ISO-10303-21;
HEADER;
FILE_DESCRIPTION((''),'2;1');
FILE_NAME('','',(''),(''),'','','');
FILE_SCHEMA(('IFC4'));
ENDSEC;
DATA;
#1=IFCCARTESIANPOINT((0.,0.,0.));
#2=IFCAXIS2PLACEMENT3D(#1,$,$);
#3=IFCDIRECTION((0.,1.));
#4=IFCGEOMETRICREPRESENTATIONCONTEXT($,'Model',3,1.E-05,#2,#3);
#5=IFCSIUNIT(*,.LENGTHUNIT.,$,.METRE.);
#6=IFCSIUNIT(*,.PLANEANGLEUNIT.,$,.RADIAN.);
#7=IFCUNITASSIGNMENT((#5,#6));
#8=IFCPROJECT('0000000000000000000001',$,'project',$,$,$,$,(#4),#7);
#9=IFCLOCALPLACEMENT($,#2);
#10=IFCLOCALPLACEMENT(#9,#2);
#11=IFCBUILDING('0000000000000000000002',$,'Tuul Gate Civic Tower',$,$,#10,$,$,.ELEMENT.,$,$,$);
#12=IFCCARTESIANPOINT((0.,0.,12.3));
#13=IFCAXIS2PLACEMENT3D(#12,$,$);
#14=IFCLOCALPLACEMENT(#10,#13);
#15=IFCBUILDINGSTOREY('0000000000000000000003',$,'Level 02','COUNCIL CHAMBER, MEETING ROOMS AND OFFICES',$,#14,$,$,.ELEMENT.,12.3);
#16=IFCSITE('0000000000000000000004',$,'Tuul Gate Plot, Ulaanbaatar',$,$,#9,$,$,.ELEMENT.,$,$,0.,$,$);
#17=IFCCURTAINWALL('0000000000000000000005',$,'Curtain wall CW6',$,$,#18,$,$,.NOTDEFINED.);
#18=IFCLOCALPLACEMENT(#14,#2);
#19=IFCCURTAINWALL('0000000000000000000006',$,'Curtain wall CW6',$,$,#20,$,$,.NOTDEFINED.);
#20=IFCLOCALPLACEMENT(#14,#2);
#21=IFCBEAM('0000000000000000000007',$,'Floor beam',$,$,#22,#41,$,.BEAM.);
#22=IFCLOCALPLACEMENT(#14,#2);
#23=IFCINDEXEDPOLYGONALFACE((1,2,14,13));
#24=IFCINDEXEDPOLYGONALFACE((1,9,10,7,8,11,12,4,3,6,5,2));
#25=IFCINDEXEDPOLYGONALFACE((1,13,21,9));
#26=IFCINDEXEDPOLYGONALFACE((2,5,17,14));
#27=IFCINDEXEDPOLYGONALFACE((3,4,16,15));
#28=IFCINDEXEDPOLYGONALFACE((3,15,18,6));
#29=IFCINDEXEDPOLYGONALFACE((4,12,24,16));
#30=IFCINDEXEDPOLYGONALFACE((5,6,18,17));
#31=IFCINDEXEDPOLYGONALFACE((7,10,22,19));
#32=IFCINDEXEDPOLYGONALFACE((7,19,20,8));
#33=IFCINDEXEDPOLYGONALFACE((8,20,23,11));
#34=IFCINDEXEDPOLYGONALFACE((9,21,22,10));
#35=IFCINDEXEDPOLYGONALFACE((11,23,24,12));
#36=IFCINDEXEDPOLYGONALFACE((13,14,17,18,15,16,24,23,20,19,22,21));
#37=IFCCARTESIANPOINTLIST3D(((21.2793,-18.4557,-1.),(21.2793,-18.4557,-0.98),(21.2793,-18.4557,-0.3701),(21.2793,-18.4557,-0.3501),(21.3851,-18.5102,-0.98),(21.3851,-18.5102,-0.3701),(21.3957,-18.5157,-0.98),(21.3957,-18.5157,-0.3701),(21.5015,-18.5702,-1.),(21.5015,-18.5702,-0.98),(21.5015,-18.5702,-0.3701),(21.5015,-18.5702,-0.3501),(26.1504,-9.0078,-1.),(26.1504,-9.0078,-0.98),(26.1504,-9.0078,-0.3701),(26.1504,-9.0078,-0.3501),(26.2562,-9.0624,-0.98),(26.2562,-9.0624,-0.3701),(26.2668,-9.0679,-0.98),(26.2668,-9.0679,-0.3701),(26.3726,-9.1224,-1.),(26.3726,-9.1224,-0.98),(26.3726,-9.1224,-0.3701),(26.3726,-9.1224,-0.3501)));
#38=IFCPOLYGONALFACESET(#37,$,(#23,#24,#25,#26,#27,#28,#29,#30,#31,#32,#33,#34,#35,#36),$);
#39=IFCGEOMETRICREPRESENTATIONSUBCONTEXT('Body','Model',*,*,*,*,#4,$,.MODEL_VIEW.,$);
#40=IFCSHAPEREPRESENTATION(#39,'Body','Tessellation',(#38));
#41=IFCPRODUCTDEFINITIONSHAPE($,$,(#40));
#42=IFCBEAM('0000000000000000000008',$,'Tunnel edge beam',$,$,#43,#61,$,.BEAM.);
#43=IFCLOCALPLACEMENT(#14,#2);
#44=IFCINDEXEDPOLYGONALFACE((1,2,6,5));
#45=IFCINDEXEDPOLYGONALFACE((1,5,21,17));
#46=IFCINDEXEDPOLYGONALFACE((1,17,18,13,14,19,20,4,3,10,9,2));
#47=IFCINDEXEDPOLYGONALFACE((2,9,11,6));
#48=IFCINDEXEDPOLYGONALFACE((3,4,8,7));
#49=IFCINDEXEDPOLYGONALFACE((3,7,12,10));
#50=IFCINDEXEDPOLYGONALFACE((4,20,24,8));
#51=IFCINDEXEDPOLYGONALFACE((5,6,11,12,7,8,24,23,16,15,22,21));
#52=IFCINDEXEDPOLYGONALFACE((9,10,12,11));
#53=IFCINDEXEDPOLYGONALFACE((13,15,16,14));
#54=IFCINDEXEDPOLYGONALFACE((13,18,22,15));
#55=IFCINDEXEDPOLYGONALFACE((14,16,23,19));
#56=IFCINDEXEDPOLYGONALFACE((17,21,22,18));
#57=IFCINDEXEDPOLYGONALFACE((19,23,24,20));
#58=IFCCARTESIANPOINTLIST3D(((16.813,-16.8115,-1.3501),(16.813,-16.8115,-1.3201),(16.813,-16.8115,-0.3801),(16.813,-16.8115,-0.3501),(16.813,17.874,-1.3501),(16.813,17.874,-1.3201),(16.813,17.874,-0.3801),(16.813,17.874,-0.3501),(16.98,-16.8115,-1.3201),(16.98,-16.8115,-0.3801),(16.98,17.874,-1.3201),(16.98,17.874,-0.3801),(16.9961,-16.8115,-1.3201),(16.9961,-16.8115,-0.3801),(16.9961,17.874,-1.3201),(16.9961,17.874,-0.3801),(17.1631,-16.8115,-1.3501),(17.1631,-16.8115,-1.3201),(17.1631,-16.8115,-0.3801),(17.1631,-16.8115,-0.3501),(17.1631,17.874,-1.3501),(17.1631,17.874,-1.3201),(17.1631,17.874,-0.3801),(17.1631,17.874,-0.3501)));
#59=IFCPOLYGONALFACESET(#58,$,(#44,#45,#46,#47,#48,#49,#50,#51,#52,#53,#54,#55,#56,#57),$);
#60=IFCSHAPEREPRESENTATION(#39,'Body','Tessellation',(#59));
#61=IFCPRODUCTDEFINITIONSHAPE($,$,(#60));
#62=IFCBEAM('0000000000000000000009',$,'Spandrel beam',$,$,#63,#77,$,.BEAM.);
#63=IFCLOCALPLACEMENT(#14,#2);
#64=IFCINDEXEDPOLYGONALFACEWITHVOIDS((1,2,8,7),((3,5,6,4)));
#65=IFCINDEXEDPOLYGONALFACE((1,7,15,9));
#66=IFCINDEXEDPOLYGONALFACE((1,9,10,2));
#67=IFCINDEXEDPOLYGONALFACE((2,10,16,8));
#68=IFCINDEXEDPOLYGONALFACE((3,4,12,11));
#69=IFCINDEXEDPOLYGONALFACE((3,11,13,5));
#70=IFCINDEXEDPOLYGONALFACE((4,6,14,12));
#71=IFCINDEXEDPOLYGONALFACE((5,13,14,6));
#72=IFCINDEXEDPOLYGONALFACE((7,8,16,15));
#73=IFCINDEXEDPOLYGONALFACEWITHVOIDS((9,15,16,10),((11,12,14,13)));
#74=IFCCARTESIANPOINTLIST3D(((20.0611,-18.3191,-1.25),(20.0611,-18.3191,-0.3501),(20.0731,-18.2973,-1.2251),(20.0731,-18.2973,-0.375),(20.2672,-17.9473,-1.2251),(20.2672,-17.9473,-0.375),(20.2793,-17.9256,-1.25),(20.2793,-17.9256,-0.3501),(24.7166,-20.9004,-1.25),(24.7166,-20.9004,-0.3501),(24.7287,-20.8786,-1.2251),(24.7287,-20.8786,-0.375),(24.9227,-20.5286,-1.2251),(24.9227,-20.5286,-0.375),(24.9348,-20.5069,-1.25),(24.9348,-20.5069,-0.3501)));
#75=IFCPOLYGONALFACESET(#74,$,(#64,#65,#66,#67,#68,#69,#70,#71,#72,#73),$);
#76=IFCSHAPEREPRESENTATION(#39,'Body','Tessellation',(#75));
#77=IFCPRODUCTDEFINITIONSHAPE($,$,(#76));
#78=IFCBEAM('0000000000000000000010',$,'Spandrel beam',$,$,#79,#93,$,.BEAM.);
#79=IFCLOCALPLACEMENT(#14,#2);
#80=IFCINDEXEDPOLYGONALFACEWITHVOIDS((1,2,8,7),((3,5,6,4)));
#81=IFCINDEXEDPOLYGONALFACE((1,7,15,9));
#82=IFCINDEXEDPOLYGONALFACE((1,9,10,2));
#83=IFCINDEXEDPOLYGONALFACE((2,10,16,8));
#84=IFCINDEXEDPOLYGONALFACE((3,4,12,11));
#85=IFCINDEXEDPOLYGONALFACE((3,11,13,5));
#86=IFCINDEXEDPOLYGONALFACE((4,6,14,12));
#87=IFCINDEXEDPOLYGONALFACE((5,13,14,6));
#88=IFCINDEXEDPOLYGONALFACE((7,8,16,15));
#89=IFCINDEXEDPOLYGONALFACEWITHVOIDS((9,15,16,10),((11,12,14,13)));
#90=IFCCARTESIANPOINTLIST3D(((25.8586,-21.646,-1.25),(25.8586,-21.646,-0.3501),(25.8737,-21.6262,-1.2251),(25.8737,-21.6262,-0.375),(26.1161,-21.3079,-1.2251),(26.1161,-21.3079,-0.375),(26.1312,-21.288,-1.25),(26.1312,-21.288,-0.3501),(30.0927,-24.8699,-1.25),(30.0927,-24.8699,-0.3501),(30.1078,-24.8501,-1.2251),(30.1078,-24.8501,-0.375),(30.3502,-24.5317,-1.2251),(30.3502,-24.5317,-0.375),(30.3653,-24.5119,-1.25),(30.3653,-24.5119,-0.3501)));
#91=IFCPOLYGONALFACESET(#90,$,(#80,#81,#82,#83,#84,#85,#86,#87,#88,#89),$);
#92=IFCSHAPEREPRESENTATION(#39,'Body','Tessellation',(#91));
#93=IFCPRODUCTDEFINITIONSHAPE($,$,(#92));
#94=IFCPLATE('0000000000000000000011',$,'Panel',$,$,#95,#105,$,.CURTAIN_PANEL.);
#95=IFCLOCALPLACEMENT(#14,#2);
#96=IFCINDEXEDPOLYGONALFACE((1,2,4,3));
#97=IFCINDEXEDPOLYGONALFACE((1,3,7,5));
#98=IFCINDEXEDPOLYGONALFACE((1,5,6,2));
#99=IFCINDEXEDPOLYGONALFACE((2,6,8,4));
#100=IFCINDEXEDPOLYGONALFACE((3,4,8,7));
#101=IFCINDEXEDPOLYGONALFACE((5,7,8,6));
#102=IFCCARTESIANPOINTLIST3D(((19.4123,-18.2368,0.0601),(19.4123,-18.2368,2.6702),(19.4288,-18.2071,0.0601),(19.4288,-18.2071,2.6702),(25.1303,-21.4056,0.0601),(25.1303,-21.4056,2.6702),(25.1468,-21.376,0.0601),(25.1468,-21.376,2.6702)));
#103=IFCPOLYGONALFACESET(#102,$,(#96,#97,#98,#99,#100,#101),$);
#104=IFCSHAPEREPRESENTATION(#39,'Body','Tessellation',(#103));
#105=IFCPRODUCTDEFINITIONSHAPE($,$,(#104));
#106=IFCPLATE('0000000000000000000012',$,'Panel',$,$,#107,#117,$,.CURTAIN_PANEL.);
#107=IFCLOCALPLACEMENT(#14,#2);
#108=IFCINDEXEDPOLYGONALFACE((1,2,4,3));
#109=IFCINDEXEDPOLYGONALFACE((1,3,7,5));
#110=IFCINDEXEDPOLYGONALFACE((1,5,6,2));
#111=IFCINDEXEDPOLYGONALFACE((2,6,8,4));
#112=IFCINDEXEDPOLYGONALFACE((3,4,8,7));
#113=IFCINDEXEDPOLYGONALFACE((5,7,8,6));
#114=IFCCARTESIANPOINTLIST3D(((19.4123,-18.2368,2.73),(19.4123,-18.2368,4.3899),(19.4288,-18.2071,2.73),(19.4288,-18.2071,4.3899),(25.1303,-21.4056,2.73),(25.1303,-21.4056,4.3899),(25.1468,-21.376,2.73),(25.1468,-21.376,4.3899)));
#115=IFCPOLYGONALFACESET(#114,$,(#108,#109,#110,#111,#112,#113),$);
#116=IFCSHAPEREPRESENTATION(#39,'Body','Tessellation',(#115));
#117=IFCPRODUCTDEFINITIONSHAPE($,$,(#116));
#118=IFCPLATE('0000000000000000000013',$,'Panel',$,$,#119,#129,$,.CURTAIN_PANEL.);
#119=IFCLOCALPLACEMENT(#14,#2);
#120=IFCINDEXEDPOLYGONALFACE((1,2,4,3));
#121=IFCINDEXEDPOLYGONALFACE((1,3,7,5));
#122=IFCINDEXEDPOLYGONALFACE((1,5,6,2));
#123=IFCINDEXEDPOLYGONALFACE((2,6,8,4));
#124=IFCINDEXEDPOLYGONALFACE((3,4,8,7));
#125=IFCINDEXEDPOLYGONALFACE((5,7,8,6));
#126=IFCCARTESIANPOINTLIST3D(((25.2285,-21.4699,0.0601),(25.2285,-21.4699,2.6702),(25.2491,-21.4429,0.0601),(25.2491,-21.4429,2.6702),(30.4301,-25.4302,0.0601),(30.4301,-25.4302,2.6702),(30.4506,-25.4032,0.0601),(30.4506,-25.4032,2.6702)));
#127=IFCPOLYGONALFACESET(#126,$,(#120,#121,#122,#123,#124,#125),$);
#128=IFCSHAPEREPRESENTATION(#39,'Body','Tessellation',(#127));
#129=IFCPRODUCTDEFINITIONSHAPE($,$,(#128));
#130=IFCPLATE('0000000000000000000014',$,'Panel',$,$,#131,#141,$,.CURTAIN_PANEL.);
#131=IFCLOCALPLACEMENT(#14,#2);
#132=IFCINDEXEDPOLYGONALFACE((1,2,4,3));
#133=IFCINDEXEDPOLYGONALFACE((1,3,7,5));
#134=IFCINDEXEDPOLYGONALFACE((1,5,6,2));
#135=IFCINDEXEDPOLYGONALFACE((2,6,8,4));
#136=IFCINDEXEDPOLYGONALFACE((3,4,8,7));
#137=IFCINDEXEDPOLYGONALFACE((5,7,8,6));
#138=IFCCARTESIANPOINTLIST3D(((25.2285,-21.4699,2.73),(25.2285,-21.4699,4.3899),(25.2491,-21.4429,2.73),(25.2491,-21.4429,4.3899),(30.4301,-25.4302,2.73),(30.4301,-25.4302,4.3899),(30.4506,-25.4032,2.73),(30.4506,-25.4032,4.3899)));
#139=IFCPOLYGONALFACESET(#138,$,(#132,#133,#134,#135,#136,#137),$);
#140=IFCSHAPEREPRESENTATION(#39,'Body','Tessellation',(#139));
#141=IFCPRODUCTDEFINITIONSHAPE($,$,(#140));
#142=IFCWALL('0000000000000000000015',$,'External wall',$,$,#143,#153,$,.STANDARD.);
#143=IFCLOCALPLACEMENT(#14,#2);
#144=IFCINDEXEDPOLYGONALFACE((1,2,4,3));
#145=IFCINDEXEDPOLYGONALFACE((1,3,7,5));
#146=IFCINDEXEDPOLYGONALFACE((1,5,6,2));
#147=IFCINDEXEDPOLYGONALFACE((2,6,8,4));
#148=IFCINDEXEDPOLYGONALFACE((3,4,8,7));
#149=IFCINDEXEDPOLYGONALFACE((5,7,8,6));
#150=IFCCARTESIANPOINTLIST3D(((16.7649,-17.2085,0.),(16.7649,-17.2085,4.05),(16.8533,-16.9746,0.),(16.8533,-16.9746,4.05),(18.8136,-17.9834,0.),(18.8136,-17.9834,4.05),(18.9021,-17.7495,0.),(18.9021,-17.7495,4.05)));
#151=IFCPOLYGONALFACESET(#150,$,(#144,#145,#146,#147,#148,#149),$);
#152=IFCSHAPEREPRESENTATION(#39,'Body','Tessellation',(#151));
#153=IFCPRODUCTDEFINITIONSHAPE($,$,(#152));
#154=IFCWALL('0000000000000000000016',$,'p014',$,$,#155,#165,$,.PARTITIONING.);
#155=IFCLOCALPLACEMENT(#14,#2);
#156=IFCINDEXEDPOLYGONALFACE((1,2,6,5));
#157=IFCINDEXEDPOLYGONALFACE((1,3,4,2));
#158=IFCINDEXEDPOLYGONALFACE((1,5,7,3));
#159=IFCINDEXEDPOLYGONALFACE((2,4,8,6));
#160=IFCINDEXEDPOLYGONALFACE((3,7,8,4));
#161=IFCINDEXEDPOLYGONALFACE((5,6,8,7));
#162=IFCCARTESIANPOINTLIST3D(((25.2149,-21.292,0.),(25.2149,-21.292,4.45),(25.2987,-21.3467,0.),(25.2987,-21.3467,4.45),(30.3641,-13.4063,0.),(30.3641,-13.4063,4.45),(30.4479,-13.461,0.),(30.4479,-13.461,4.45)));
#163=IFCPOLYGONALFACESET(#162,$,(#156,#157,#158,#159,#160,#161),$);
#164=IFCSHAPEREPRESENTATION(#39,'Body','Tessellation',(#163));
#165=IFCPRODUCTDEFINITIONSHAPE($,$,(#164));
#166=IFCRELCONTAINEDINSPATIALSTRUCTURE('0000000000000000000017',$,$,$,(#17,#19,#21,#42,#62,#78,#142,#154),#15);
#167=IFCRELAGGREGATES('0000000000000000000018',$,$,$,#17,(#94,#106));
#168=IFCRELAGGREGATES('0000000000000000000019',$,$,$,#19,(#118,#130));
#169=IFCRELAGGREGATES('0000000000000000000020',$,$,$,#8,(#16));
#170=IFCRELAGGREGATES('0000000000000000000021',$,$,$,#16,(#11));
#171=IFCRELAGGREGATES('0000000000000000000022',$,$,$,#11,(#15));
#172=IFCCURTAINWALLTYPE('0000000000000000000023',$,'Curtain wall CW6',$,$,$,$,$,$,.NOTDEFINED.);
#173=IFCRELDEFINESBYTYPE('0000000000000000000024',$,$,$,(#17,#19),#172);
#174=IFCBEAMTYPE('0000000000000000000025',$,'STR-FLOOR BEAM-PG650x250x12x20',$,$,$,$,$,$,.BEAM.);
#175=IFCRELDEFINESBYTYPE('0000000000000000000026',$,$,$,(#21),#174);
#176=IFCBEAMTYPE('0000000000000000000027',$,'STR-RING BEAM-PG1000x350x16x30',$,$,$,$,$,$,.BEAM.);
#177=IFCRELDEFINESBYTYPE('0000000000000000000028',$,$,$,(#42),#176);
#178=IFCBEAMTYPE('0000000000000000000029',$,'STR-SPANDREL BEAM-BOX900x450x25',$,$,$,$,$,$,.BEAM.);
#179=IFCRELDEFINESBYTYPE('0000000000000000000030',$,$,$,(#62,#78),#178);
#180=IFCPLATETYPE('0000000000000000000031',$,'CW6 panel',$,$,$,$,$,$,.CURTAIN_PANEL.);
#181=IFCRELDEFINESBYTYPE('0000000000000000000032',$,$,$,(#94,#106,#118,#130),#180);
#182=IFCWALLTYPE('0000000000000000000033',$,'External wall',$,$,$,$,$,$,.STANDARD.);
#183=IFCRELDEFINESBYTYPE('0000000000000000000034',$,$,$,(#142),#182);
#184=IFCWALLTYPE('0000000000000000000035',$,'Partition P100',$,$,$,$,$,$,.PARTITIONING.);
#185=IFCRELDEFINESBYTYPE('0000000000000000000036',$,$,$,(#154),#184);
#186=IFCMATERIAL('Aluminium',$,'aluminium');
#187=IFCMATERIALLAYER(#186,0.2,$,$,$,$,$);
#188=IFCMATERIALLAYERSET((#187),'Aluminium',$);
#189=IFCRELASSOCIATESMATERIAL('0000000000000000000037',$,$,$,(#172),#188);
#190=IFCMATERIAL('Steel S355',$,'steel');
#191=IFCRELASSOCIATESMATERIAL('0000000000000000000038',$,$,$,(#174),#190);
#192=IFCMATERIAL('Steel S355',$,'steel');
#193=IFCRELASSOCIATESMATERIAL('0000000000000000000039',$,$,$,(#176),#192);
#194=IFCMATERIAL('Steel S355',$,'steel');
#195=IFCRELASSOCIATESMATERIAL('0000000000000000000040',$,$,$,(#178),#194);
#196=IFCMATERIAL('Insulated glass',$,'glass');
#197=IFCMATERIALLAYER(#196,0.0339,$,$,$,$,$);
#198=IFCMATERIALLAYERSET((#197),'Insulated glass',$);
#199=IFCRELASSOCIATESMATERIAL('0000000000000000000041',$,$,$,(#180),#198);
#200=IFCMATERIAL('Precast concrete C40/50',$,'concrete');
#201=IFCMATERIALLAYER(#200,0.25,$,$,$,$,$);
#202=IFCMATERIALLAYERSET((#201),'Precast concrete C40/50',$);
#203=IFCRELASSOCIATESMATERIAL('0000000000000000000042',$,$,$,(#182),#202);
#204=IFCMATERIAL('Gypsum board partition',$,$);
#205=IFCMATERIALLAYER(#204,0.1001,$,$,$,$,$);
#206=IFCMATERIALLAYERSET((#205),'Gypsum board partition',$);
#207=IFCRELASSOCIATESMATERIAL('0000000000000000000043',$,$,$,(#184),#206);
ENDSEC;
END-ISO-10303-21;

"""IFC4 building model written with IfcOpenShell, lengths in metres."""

from ifc_helpers import new_model, si_unit, direction, frame, frame_2d, origin, origin_2d, place, context, subcontext, project, spatial, rectangle, hollow_rectangle, i_section, extrude, material, layer, layer_set, material_profile, profile_set, type_object, element, aggregate, save


model = new_model("IFC4")

# Units and contexts
model_context = context("Model", 3, precision=1e-05, world=origin(), true_north=direction((0.0, 1.0)))
body_context = subcontext(model_context, "Body", "Model", "MODEL_VIEW")
ifc_project = project(units=[si_unit("LENGTHUNIT", "METRE"), si_unit("PLANEANGLEUNIT", "RADIAN")], contexts=[model_context])

# Site, building, storey
site_placement = place(None, origin())
site = spatial("IfcSite", under=ifc_project, at=site_placement, Name="Tuul Gate Plot, Ulaanbaatar", CompositionType="ELEMENT", RefElevation=0.0)
building_placement = place(site_placement, origin())
building = spatial("IfcBuilding", under=site, at=building_placement, Name="Tuul Gate Civic Tower", CompositionType="ELEMENT")
storey_placement = place(building_placement, frame((0.0, 0.0, 12.3)))
storey = spatial("IfcBuildingStorey", under=building, at=storey_placement, Name="Level 02", Description="COUNCIL CHAMBER, MEETING ROOMS AND OFFICES", CompositionType="ELEMENT", Elevation=12.3)

# Curtain wall
ifc_material_1 = material(Name="Aluminium", Category="aluminium")
ifc_layer_1 = layer(ifc_material_1, 0.2)
ifc_layer_set_1 = layer_set([ifc_layer_1], Name="Aluminium")
curtain_wall_type = type_object("IfcCurtainWallType", Name="Curtain wall CW6", PredefinedType="NOTDEFINED", material=ifc_layer_set_1)
curtain_wall_1_placement = place(storey_placement, origin())
curtain_wall_1 = element("IfcCurtainWall", 1, at=curtain_wall_1_placement, inside=storey, type_object=curtain_wall_type, Name="Curtain wall CW6", PredefinedType="NOTDEFINED")

# Curtain wall
curtain_wall_2_placement = place(storey_placement, origin())
curtain_wall_2 = element("IfcCurtainWall", 2, at=curtain_wall_2_placement, inside=storey, type_object=curtain_wall_type, Name="Curtain wall CW6", PredefinedType="NOTDEFINED")

# Beams
ifc_material_2 = material(Name="Steel S355", Category="steel")
ifc_material_profile_1 = material_profile(ifc_material_2, i_section(OverallWidth=0.25, OverallDepth=0.6499, WebThickness=0.012, FlangeThickness=0.02, at=origin_2d()), Name="PG650x250x12x20")
ifc_profile_set_1 = profile_set([ifc_material_profile_1], Name="Steel S355")
beam_type_1 = type_object("IfcBeamType", Name="STR-FLOOR BEAM-PG650x250x12x20", PredefinedType="BEAM", material=ifc_profile_set_1)
beam_1_placement = place(storey_placement, frame((21.3904, -18.5129, -0.675), z_axis=(0.458259, 0.888819, 0.0), x_axis=(-0.888819, 0.458259, 0.0)))
element("IfcBeam", 3, at=beam_1_placement, inside=storey, type_object=beam_type_1, Name="Floor beam", PredefinedType="BEAM", context=body_context, shape_type="SweptSolid", body=[
    extrude(i_section(OverallWidth=0.25, OverallDepth=0.6499, WebThickness=0.012, FlangeThickness=0.02, at=origin_2d()), origin(), (0.0, 0.0, 1.0), 10.6296),
])
ifc_material_3 = material(Name="Steel S355", Category="steel")
ifc_material_profile_2 = material_profile(ifc_material_3, i_section(OverallWidth=0.3501, OverallDepth=1.0, WebThickness=0.0161, FlangeThickness=0.03, at=origin_2d()), Name="PG1000x350x16x30")
ifc_profile_set_2 = profile_set([ifc_material_profile_2], Name="Steel S355")
beam_type_2 = type_object("IfcBeamType", Name="STR-RING BEAM-PG1000x350x16x30", PredefinedType="BEAM", material=ifc_profile_set_2)
beam_2_placement = place(storey_placement, frame((16.988, -16.8115, -0.8501), z_axis=(0.0, 1.0, 0.0), x_axis=(-1.0, 0.0, 0.0)))
element("IfcBeam", 4, at=beam_2_placement, inside=storey, type_object=beam_type_2, Name="Tunnel edge beam", PredefinedType="BEAM", context=body_context, shape_type="SweptSolid", body=[
    extrude(i_section(OverallWidth=0.3501, OverallDepth=1.0, WebThickness=0.0161, FlangeThickness=0.03, at=origin_2d()), origin(), (0.0, 0.0, 1.0), 34.6855),
])
ifc_material_4 = material(Name="Steel S355", Category="steel")
ifc_material_profile_3 = material_profile(ifc_material_4, hollow_rectangle(XDim=0.45, YDim=0.8999, WallThickness=0.0249, at=origin_2d()), Name="BOX900x450x25")
ifc_profile_set_3 = profile_set([ifc_material_profile_3], Name="Steel S355")
beam_type_3 = type_object("IfcBeamType", Name="STR-SPANDREL BEAM-BOX900x450x25", PredefinedType="BEAM", material=ifc_profile_set_3)
beam_3_placement = place(storey_placement, frame((20.1702, -18.1223, -0.8), z_axis=(0.874564, -0.484911, 0.0), x_axis=(0.484911, 0.874564, 0.0)))
element("IfcBeam", 5, at=beam_3_placement, inside=storey, type_object=beam_type_3, Name="Spandrel beam", PredefinedType="BEAM", context=body_context, shape_type="SweptSolid", body=[
    extrude(hollow_rectangle(XDim=0.45, YDim=0.8999, WallThickness=0.0249, at=origin_2d()), origin(), (0.0, 0.0, 1.0), 5.3232),
])
beam_4_placement = place(storey_placement, frame((25.9949, -21.467, -0.8), z_axis=(0.795624, -0.60579, 0.0), x_axis=(0.60579, 0.795624, 0.0)))
element("IfcBeam", 6, at=beam_4_placement, inside=storey, type_object=beam_type_3, Name="Spandrel beam", PredefinedType="BEAM", context=body_context, shape_type="SweptSolid", body=[
    extrude(hollow_rectangle(XDim=0.45, YDim=0.8999, WallThickness=0.0249, at=origin_2d()), origin(), (0.0, 0.0, 1.0), 5.3218),
])

# Plates
ifc_material_5 = material(Name="Insulated glass", Category="glass")
ifc_layer_2 = layer(ifc_material_5, 0.0339)
ifc_layer_set_2 = layer_set([ifc_layer_2], Name="Insulated glass")
plate_type = type_object("IfcPlateType", Name="CW6 panel", PredefinedType="CURTAIN_PANEL", material=ifc_layer_set_2)
plate_1_placement = place(storey_placement, frame((22.2795, -19.8064, 0.0601), z_axis=(0.0, 0.0, 1.0), x_axis=(0.874667, -0.484724, 0.0)))
plate_1 = element("IfcPlate", 7, at=plate_1_placement, type_object=plate_type, Name="Panel", PredefinedType="CURTAIN_PANEL", context=body_context, shape_type="SweptSolid", body=[
    extrude(rectangle(XDim=6.5374, YDim=0.0339, at=origin_2d()), origin(), (0.0, 0.0, 1.0), 2.6101),
])
plate_2_placement = place(storey_placement, frame((22.2795, -19.8064, 2.73), z_axis=(0.0, 0.0, 1.0), x_axis=(0.874667, -0.484724, 0.0)))
plate_2 = element("IfcPlate", 8, at=plate_2_placement, type_object=plate_type, Name="Panel", PredefinedType="CURTAIN_PANEL", context=body_context, shape_type="SweptSolid", body=[
    extrude(rectangle(XDim=6.5374, YDim=0.0339, at=origin_2d()), origin(), (0.0, 0.0, 1.0), 1.6599),
])
aggregate(curtain_wall_1, [plate_1, plate_2])
plate_3_placement = place(storey_placement, frame((27.8396, -23.4365, 0.0601), z_axis=(0.0, 0.0, 1.0), x_axis=(0.795635, -0.605776, 0.0)))
plate_3 = element("IfcPlate", 9, at=plate_3_placement, type_object=plate_type, Name="Panel", PredefinedType="CURTAIN_PANEL", context=body_context, shape_type="SweptSolid", body=[
    extrude(rectangle(XDim=6.5376, YDim=0.0339, at=origin_2d()), origin(), (0.0, 0.0, 1.0), 2.6101),
])
plate_4_placement = place(storey_placement, frame((27.8396, -23.4365, 2.73), z_axis=(0.0, 0.0, 1.0), x_axis=(0.795635, -0.605776, 0.0)))
plate_4 = element("IfcPlate", 10, at=plate_4_placement, type_object=plate_type, Name="Panel", PredefinedType="CURTAIN_PANEL", context=body_context, shape_type="SweptSolid", body=[
    extrude(rectangle(XDim=6.5376, YDim=0.0339, at=origin_2d()), origin(), (0.0, 0.0, 1.0), 1.6599),
])
aggregate(curtain_wall_2, [plate_3, plate_4])

# Walls
ifc_material_6 = material(Name="Precast concrete C40/50", Category="concrete")
ifc_layer_3 = layer(ifc_material_6, 0.25)
ifc_layer_set_3 = layer_set([ifc_layer_3], Name="Precast concrete C40/50")
wall_type_1 = type_object("IfcWallType", Name="External wall", PredefinedType="STANDARD", material=ifc_layer_set_3)
wall_1_placement = place(storey_placement, frame((16.8091, -17.0916, 0.0), z_axis=(0.0, 0.0, 1.0), x_axis=(0.935336, -0.35376, 0.0)))
element("IfcWall", 11, at=wall_1_placement, inside=storey, type_object=wall_type_1, Name="External wall", PredefinedType="STANDARD", context=body_context, shape_type="SweptSolid", body=[
    extrude(rectangle(XDim=2.1904, YDim=0.25, at=frame_2d((1.0952, 0.0))), origin(), (0.0, 0.0, 1.0), 4.05),
])
ifc_material_7 = material(Name="Gypsum board partition")
ifc_layer_4 = layer(ifc_material_7, 0.1001)
ifc_layer_set_4 = layer_set([ifc_layer_4], Name="Gypsum board partition")
wall_type_2 = type_object("IfcWallType", Name="Partition P100", PredefinedType="PARTITIONING", material=ifc_layer_set_4)
wall_2_placement = place(storey_placement, frame((25.2568, -21.3193, 0.0), z_axis=(0.0, 0.0, 1.0), x_axis=(0.546737, 0.837305, 0.0)))
element("IfcWall", 12, at=wall_2_placement, inside=storey, type_object=wall_type_2, Name="p014", PredefinedType="PARTITIONING", context=body_context, shape_type="SweptSolid", body=[
    extrude(rectangle(XDim=9.418, YDim=0.1001, at=frame_2d((4.709, 0.0))), origin(), (0.0, 0.0, 1.0), 4.45),
])

save(model, "model.ifc")
